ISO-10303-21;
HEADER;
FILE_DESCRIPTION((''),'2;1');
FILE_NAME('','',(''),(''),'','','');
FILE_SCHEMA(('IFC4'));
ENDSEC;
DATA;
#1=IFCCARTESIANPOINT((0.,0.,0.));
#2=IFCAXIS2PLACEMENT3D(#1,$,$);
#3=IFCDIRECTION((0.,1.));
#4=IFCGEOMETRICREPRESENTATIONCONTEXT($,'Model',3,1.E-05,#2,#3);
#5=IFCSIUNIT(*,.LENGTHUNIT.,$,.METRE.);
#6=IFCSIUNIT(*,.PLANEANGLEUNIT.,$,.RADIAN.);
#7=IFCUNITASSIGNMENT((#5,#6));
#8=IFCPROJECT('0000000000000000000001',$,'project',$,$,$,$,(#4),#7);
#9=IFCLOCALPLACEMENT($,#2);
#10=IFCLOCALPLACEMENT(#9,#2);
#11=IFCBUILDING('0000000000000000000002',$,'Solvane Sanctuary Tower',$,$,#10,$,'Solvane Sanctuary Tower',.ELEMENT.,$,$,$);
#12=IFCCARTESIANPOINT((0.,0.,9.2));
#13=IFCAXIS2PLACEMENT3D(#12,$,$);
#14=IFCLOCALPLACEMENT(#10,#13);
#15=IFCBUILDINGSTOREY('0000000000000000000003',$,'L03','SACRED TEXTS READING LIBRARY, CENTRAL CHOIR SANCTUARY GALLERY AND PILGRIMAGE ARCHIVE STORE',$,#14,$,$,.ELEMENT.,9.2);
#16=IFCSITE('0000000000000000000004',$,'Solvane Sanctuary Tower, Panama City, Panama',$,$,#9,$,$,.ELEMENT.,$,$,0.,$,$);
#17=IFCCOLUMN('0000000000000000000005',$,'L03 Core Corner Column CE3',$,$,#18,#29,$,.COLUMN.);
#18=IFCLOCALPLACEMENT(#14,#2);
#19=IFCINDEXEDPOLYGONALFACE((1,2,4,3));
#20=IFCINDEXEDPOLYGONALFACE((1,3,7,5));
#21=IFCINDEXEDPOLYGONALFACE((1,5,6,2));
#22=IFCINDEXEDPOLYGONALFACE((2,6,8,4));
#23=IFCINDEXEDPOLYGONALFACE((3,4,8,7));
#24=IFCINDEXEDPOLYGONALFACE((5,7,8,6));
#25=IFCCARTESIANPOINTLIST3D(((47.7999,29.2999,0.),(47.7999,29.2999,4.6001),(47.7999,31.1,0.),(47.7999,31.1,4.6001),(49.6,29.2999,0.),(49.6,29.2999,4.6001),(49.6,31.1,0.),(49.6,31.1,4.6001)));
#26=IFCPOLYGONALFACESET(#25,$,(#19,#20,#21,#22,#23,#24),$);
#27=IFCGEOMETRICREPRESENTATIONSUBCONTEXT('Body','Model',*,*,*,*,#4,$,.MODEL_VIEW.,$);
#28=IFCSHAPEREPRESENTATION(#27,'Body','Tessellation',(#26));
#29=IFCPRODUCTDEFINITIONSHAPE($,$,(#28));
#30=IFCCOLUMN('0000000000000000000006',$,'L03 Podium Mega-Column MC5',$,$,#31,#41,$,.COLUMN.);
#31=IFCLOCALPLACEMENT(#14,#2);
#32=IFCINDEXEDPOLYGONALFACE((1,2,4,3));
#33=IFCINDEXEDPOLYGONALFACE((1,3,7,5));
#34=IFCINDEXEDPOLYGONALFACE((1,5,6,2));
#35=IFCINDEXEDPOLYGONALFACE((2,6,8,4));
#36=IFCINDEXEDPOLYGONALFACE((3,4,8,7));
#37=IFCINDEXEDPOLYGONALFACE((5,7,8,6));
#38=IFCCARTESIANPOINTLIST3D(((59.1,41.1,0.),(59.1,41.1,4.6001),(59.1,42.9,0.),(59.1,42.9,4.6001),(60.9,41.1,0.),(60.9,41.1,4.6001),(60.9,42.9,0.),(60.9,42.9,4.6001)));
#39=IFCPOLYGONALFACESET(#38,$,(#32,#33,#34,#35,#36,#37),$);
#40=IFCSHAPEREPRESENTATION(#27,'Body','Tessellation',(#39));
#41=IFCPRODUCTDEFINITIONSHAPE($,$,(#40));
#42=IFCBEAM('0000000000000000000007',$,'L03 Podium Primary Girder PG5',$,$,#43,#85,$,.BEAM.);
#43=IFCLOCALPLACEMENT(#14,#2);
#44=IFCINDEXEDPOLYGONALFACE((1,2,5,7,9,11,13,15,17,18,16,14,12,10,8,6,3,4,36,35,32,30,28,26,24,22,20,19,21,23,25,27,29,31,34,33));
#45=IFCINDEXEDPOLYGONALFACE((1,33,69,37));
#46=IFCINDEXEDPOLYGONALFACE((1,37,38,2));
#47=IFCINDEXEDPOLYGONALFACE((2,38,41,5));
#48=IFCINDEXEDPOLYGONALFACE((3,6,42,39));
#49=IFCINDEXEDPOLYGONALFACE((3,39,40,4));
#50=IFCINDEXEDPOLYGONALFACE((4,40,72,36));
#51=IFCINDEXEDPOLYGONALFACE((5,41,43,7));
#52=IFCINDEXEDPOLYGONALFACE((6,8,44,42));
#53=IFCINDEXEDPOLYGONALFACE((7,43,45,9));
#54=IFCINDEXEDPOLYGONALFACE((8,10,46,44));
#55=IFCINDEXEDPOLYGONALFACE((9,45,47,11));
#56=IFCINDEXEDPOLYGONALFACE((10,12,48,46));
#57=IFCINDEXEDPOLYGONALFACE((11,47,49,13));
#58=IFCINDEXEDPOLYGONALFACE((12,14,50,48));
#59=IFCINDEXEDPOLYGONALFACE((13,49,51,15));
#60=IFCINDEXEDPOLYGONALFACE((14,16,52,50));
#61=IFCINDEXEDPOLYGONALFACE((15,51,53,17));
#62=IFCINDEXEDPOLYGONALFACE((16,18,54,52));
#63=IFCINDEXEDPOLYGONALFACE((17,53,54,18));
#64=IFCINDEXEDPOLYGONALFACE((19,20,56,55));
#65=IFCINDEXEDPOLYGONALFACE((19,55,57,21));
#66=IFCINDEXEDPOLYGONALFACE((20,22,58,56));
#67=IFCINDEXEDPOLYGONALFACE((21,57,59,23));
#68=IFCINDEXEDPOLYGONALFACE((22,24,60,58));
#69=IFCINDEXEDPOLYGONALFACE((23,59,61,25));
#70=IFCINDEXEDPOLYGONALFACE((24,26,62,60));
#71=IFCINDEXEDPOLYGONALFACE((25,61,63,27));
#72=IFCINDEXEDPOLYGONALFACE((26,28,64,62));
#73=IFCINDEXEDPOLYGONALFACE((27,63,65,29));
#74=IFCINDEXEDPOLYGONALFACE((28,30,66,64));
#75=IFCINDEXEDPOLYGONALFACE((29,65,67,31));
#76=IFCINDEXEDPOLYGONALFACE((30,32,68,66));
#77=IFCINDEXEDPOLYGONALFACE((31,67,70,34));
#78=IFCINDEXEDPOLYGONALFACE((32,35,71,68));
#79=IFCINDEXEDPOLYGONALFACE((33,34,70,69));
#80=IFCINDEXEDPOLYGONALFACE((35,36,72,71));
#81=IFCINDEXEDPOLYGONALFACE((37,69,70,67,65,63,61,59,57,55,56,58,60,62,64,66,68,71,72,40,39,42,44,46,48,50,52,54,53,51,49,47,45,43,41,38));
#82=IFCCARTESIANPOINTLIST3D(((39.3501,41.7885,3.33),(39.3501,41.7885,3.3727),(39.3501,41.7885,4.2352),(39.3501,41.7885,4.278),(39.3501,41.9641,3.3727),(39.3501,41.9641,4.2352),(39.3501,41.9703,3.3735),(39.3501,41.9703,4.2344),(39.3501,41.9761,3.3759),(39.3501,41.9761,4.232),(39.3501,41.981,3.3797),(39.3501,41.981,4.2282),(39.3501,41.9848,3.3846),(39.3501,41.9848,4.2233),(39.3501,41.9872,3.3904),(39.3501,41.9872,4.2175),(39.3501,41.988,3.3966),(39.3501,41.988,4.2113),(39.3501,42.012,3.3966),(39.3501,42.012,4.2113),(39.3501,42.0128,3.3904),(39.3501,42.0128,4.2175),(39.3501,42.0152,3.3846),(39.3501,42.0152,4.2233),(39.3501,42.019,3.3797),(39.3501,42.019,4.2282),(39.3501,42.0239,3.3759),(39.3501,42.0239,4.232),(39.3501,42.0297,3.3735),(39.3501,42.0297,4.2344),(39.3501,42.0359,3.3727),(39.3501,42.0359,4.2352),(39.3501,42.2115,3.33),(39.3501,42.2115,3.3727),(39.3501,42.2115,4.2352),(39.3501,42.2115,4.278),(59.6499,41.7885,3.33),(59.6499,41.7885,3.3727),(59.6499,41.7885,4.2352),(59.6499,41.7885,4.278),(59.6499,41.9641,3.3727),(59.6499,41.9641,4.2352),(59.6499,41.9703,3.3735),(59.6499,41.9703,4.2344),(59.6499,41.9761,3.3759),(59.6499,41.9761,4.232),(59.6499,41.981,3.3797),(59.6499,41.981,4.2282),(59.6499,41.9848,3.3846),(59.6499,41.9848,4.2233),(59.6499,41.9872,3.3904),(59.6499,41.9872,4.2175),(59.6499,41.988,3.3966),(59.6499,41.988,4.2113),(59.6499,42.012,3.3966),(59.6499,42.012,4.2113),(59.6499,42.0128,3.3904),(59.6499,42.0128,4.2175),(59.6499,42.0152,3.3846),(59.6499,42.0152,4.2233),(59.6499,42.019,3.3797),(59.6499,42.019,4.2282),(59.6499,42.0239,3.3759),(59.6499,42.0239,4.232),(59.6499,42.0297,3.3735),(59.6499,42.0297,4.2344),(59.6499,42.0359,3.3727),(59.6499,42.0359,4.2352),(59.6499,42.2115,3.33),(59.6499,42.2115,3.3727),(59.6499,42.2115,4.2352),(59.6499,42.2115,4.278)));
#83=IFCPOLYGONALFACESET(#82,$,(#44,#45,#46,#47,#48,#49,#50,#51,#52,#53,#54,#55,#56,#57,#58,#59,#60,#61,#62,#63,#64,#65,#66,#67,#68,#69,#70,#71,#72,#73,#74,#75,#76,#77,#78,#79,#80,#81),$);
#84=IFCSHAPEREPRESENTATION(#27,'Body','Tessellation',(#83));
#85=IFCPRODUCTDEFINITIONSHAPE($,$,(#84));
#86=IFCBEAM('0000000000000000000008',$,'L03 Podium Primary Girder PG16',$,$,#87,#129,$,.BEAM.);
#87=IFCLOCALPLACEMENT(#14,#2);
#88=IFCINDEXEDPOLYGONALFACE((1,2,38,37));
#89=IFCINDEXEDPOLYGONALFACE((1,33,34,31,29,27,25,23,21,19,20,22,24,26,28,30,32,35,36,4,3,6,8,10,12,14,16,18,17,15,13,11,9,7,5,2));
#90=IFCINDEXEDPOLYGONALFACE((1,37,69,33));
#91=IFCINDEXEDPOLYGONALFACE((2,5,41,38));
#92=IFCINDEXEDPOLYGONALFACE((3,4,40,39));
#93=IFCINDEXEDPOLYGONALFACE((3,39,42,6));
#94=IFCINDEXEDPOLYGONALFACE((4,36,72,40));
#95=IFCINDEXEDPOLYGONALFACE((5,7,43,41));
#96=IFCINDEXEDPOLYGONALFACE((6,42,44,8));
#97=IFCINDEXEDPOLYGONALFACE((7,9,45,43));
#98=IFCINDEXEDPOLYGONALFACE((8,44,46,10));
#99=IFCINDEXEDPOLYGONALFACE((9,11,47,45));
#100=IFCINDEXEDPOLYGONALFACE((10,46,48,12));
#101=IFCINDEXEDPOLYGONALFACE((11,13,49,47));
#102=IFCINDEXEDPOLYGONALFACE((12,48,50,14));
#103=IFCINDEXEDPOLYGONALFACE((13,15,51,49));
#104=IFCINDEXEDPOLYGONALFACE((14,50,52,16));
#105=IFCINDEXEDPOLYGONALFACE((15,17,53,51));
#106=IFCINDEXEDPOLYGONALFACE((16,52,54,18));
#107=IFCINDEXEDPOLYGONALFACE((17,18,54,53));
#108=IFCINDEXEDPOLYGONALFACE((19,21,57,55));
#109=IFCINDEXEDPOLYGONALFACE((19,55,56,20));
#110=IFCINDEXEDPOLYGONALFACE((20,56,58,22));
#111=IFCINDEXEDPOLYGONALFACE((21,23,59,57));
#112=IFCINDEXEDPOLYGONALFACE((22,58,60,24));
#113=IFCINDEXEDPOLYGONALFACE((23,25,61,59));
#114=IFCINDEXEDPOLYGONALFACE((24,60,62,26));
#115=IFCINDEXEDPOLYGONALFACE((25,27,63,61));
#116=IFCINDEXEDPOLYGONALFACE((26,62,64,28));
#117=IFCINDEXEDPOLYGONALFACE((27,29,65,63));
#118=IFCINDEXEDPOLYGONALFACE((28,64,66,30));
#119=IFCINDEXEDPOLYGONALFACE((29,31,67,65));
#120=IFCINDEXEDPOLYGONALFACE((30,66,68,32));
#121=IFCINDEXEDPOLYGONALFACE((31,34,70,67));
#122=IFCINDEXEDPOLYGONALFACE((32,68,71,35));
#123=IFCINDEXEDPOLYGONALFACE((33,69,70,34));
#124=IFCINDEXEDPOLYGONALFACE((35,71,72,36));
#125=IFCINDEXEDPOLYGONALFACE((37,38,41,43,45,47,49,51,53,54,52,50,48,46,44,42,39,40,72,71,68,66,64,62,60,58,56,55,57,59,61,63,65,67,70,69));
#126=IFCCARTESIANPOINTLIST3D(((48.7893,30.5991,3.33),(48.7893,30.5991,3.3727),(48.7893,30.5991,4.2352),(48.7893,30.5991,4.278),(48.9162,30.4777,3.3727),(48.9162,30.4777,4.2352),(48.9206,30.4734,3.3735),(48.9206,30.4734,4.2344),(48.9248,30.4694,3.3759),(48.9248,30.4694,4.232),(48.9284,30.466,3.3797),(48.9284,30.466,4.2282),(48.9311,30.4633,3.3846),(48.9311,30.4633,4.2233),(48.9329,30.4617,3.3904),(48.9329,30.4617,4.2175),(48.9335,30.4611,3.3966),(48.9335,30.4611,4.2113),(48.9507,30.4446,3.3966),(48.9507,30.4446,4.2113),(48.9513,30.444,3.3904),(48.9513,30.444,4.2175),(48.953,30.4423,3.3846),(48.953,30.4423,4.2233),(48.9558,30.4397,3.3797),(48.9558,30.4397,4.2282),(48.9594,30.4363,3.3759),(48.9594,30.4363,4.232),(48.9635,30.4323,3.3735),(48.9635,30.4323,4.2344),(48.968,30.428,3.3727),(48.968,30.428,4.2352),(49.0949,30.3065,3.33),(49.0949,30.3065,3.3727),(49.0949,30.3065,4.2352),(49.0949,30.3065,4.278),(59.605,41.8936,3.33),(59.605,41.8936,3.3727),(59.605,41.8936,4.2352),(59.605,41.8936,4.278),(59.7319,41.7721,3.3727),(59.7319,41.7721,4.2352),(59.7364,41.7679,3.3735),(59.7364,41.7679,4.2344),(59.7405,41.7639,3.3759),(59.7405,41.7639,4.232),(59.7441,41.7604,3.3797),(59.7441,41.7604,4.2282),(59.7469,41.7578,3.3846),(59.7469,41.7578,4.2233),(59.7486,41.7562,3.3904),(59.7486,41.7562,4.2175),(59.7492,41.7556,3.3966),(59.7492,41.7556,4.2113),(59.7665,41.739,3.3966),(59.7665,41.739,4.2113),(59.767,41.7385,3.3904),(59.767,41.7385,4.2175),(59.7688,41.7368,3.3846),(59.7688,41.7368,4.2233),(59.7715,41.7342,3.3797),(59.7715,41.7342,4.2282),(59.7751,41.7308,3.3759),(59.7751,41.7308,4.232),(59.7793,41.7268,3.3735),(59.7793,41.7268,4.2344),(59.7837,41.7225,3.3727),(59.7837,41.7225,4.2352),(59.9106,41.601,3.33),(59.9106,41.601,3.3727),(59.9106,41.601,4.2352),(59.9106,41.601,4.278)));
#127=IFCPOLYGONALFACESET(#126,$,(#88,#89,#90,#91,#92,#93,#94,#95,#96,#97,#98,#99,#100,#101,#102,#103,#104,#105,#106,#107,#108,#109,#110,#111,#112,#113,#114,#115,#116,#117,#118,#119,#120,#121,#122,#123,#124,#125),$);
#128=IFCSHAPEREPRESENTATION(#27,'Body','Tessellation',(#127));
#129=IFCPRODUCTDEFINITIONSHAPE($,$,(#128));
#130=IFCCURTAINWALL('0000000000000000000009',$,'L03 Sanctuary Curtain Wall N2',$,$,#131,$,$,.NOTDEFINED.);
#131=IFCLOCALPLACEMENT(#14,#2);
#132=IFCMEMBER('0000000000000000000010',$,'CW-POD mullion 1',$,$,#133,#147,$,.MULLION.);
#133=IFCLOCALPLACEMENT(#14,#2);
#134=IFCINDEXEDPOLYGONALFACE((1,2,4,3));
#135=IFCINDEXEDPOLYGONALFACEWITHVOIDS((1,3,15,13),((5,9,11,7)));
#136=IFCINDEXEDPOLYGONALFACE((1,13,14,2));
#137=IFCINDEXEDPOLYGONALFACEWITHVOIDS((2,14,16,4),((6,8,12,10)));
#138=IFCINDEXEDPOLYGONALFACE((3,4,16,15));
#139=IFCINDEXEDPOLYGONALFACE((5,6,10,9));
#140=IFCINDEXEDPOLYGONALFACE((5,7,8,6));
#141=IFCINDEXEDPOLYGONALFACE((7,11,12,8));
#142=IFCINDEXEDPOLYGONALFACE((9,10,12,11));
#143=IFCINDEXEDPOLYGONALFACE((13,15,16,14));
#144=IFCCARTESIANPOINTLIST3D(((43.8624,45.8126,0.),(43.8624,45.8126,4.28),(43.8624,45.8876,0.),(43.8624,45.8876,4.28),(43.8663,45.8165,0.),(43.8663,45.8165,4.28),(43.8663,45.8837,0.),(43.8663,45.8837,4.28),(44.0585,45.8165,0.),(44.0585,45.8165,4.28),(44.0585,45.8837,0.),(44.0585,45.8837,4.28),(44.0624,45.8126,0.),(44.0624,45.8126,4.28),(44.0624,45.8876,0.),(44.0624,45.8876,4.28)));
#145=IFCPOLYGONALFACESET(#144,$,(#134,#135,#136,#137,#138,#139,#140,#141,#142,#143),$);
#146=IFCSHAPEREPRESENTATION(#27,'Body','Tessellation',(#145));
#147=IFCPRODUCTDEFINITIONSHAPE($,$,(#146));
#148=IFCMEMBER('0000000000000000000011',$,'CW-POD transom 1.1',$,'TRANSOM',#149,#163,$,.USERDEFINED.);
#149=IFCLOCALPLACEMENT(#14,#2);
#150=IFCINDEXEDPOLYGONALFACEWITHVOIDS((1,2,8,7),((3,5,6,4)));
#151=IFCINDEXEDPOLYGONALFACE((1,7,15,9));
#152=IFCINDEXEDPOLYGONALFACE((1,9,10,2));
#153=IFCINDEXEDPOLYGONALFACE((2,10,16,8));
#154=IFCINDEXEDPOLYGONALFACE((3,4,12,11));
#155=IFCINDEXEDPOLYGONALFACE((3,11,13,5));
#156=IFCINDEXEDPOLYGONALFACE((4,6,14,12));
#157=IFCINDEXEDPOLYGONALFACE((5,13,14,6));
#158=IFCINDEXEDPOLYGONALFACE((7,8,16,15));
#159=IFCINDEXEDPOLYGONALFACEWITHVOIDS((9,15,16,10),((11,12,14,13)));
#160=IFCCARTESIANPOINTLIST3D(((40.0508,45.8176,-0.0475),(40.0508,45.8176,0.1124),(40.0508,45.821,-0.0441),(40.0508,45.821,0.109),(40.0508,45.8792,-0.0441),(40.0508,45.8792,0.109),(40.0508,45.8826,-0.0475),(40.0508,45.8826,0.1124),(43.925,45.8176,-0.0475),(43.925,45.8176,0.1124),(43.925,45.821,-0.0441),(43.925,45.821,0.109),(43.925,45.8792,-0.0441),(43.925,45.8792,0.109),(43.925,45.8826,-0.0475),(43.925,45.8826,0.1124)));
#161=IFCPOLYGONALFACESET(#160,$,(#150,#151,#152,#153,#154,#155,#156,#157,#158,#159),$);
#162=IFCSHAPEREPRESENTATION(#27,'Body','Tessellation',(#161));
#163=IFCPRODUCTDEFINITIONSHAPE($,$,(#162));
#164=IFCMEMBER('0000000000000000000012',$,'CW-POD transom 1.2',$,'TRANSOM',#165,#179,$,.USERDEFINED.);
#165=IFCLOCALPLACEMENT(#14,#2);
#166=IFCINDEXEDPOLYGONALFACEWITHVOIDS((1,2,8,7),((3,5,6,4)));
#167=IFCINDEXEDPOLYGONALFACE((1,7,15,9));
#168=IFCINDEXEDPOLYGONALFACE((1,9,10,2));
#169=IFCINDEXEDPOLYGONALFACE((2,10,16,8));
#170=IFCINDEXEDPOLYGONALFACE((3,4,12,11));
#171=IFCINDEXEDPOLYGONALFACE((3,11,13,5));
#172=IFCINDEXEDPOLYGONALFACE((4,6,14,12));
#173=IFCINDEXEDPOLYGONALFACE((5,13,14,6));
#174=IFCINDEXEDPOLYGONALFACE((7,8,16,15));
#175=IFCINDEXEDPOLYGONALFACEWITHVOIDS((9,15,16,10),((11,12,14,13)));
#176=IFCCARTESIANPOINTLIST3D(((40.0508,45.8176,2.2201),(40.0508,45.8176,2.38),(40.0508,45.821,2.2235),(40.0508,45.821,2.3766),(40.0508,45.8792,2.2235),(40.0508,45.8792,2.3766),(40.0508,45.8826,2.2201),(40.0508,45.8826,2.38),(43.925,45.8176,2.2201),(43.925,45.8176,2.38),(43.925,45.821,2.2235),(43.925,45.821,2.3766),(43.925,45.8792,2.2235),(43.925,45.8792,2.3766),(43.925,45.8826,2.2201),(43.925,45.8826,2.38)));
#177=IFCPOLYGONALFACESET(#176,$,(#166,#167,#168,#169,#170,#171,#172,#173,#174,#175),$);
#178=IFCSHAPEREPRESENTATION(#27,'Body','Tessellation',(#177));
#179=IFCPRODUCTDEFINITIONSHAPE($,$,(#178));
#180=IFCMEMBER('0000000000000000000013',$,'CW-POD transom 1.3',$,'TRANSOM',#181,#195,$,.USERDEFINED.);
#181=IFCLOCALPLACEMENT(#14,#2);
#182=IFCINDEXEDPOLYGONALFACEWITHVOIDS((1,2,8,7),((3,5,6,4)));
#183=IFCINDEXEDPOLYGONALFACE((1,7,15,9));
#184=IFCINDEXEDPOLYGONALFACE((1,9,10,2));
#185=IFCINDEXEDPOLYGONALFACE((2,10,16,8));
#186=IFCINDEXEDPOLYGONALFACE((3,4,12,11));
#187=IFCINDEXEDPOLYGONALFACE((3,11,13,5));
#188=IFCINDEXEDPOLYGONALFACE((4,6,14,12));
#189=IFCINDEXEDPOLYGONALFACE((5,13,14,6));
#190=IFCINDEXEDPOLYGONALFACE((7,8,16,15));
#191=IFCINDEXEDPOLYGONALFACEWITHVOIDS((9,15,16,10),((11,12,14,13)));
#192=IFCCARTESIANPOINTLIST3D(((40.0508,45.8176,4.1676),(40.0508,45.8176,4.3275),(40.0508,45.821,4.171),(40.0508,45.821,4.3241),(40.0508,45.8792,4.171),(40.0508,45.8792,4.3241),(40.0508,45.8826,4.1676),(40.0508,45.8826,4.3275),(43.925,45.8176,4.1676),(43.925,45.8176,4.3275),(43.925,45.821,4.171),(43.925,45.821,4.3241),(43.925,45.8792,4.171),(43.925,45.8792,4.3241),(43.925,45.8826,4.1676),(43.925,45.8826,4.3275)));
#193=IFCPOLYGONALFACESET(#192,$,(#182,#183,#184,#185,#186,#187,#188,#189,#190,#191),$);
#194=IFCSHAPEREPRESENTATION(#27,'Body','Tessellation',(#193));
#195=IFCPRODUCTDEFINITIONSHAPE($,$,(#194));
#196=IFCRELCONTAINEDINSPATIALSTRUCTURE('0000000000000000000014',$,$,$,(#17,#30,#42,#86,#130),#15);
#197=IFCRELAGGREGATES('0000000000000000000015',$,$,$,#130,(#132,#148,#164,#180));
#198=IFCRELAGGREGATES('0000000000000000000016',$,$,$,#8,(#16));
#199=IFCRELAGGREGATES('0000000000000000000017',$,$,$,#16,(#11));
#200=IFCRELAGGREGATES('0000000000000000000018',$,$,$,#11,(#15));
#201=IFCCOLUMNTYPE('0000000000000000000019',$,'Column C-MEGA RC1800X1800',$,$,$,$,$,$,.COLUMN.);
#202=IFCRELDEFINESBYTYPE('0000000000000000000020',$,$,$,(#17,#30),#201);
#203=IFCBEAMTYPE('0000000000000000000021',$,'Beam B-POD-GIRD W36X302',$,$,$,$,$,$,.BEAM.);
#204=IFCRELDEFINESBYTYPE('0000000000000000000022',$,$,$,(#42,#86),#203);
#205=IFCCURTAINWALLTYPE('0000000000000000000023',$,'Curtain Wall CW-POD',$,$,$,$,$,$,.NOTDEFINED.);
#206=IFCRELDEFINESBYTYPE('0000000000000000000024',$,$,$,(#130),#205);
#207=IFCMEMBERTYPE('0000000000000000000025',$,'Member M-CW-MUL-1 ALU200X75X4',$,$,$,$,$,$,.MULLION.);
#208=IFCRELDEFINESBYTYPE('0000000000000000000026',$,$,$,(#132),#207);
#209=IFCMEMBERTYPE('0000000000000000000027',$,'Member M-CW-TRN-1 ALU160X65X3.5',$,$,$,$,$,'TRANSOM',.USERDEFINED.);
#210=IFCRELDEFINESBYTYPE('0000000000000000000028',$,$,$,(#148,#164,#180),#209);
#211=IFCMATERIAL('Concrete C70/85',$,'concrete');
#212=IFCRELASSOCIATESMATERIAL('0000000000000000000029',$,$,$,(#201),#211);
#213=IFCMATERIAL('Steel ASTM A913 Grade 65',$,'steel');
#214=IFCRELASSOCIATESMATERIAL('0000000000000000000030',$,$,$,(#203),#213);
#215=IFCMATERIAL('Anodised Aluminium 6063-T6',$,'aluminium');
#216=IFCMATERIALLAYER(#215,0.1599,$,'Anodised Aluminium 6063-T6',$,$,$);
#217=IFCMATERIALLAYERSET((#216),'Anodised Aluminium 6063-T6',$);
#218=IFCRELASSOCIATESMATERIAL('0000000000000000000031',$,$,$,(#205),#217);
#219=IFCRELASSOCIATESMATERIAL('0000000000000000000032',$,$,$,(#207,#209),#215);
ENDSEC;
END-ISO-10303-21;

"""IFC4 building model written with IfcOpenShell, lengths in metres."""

from ifc_helpers import new_model, si_unit, direction, frame, origin, origin_2d, place, context, subcontext, project, spatial, rectangle, hollow_rectangle, i_section, extrude, material, layer, layer_set, material_profile, profile_set, type_object, element, aggregate, save


model = new_model("IFC4")

# Units and contexts
model_context = context("Model", 3, precision=1e-05, world=origin(), true_north=direction((0.0, 1.0)))
body_context = subcontext(model_context, "Body", "Model", "MODEL_VIEW")
ifc_project = project(units=[si_unit("LENGTHUNIT", "METRE"), si_unit("PLANEANGLEUNIT", "RADIAN")], contexts=[model_context])

# Site, building, storey
site_placement = place(None, origin())
site = spatial("IfcSite", under=ifc_project, at=site_placement, Name="Solvane Sanctuary Tower, Panama City, Panama", CompositionType="ELEMENT", RefElevation=0.0)
building_placement = place(site_placement, origin())
building = spatial("IfcBuilding", under=site, at=building_placement, Name="Solvane Sanctuary Tower", LongName="Solvane Sanctuary Tower", CompositionType="ELEMENT")
storey_placement = place(building_placement, frame((0.0, 0.0, 9.2)))
storey = spatial("IfcBuildingStorey", under=building, at=storey_placement, Name="L03", Description="SACRED TEXTS READING LIBRARY, CENTRAL CHOIR SANCTUARY GALLERY AND PILGRIMAGE ARCHIVE STORE", CompositionType="ELEMENT", Elevation=9.2)

# Columns
ifc_material_1 = material(Name="Concrete C70/85", Category="concrete")
ifc_material_profile_1 = material_profile(ifc_material_1, rectangle(XDim=1.8, YDim=1.8, at=origin_2d()), Name="RC1800X1800")
ifc_profile_set_1 = profile_set([ifc_material_profile_1], Name="Concrete C70/85")
column_type = type_object("IfcColumnType", Name="Column C-MEGA RC1800X1800", PredefinedType="COLUMN", material=ifc_profile_set_1)
for number, where, z_axis, x_axis, name in (
    (1, (48.7, 30.2, 0.0), (0.0, 0.0, 1.0), (1.0, 0.0, 0.0), "L03 Core Corner Column CE3"),
    (2, (60.0, 42.0, 0.0), (0.0, 0.0, 1.0), (1.0, 0.0, 0.0), "L03 Podium Mega-Column MC5"),
):
    element("IfcColumn", number, at=place(storey_placement, frame(where, z_axis=z_axis, x_axis=x_axis)), inside=storey, type_object=column_type, Name=name, PredefinedType="COLUMN", context=body_context, shape_type="SweptSolid", body=[
        extrude(rectangle(XDim=1.8, YDim=1.8, at=origin_2d()), origin(), (0.0, 0.0, 1.0), 4.6001),
    ])

# Beams
ifc_material_2 = material(Name="Steel ASTM A913 Grade 65", Category="steel")
ifc_material_profile_2 = material_profile(ifc_material_2, i_section(OverallWidth=0.4231, OverallDepth=0.948, WebThickness=0.0239, FlangeThickness=0.0427, FilletRadius=0.0239, at=origin_2d()), Name="W36X302")
ifc_profile_set_2 = profile_set([ifc_material_profile_2], Name="Steel ASTM A913 Grade 65")
beam_type = type_object("IfcBeamType", Name="Beam B-POD-GIRD W36X302", PredefinedType="BEAM", material=ifc_profile_set_2)
beam_1_placement = place(storey_placement, frame((59.6499, 42.0, 3.804), z_axis=(-1.0, 0.0, 0.0), x_axis=(0.0, -1.0, 0.0)))
element("IfcBeam", 3, at=beam_1_placement, inside=storey, type_object=beam_type, Name="L03 Podium Primary Girder PG5", PredefinedType="BEAM", context=body_context, shape_type="SweptSolid", body=[
    extrude(i_section(OverallWidth=0.4231, OverallDepth=0.948, WebThickness=0.0239, FlangeThickness=0.0427, FilletRadius=0.0239, at=origin_2d()), origin(), (0.0, 0.0, 1.0), 20.2998),
])
beam_2_placement = place(storey_placement, frame((59.7578, 41.7473, 3.804), z_axis=(-0.691633, -0.722249, 0.0), x_axis=(0.722249, -0.691633, 0.0)))
element("IfcBeam", 4, at=beam_2_placement, inside=storey, type_object=beam_type, Name="L03 Podium Primary Girder PG16", PredefinedType="BEAM", context=body_context, shape_type="SweptSolid", body=[
    extrude(i_section(OverallWidth=0.4231, OverallDepth=0.948, WebThickness=0.0239, FlangeThickness=0.0427, FilletRadius=0.0239, at=origin_2d()), origin(), (0.0, 0.0, 1.0), 15.6379),
])

# Curtain wall, members
ifc_material_3 = material(Name="Anodised Aluminium 6063-T6", Category="aluminium")
ifc_layer_1 = layer(ifc_material_3, 0.1599, Name="Anodised Aluminium 6063-T6")
ifc_layer_set_1 = layer_set([ifc_layer_1], Name="Anodised Aluminium 6063-T6")
curtain_wall_type = type_object("IfcCurtainWallType", Name="Curtain Wall CW-POD", PredefinedType="NOTDEFINED", material=ifc_layer_set_1)
curtain_wall_placement = place(storey_placement, origin())
curtain_wall = element("IfcCurtainWall", 5, at=curtain_wall_placement, inside=storey, type_object=curtain_wall_type, Name="L03 Sanctuary Curtain Wall N2", PredefinedType="NOTDEFINED")
ifc_material_profile_3 = material_profile(ifc_material_3, hollow_rectangle(XDim=0.075, YDim=0.2, WallThickness=0.0039, at=origin_2d()), Name="ALU200X75X4")
ifc_profile_set_3 = profile_set([ifc_material_profile_3], Name="Anodised Aluminium 6063-T6")
member_type_1 = type_object("IfcMemberType", Name="Member M-CW-MUL-1 ALU200X75X4", PredefinedType="MULLION", material=ifc_profile_set_3)
member_1_placement = place(storey_placement, frame((43.9624, 45.8501, 0.0), z_axis=(0.0, 0.0, 1.0), x_axis=(0.0, -1.0, 0.0)))
member_1 = element("IfcMember", 6, at=member_1_placement, type_object=member_type_1, Name="CW-POD mullion 1", PredefinedType="MULLION", context=body_context, shape_type="SweptSolid", body=[
    extrude(hollow_rectangle(XDim=0.075, YDim=0.2, WallThickness=0.0039, at=origin_2d()), origin(), (0.0, 0.0, 1.0), 4.28),
])
ifc_material_profile_4 = material_profile(ifc_material_3, hollow_rectangle(XDim=0.0649, YDim=0.1599, WallThickness=0.0034, at=origin_2d()), Name="ALU160X65X3.5")
ifc_profile_set_4 = profile_set([ifc_material_profile_4], Name="Anodised Aluminium 6063-T6")
member_type_2 = type_object("IfcMemberType", Name="Member M-CW-TRN-1 ALU160X65X3.5", ElementType="TRANSOM", PredefinedType="USERDEFINED", material=ifc_profile_set_4)
member_2_placement = place(storey_placement, frame((43.925, 45.8501, 0.0325), z_axis=(-1.0, 0.0, 0.0), x_axis=(0.0, -1.0, 0.0)))
member_2 = element("IfcMember", 7, at=member_2_placement, type_object=member_type_2, Name="CW-POD transom 1.1", ObjectType="TRANSOM", PredefinedType="USERDEFINED", context=body_context, shape_type="SweptSolid", body=[
    extrude(hollow_rectangle(XDim=0.0649, YDim=0.1599, WallThickness=0.0034, at=origin_2d()), origin(), (0.0, 0.0, 1.0), 3.8743),
])
member_3_placement = place(storey_placement, frame((43.925, 45.8501, 2.3), z_axis=(-1.0, 0.0, 0.0), x_axis=(0.0, -1.0, 0.0)))
member_3 = element("IfcMember", 8, at=member_3_placement, type_object=member_type_2, Name="CW-POD transom 1.2", ObjectType="TRANSOM", PredefinedType="USERDEFINED", context=body_context, shape_type="SweptSolid", body=[
    extrude(hollow_rectangle(XDim=0.0649, YDim=0.1599, WallThickness=0.0034, at=origin_2d()), origin(), (0.0, 0.0, 1.0), 3.8743),
])
member_4_placement = place(storey_placement, frame((43.925, 45.8501, 4.2476), z_axis=(-1.0, 0.0, 0.0), x_axis=(0.0, -1.0, 0.0)))
member_4 = element("IfcMember", 9, at=member_4_placement, type_object=member_type_2, Name="CW-POD transom 1.3", ObjectType="TRANSOM", PredefinedType="USERDEFINED", context=body_context, shape_type="SweptSolid", body=[
    extrude(hollow_rectangle(XDim=0.0649, YDim=0.1599, WallThickness=0.0034, at=origin_2d()), origin(), (0.0, 0.0, 1.0), 3.8743),
])
aggregate(curtain_wall, [member_1, member_2, member_3, member_4])

save(model, "model.ifc")
